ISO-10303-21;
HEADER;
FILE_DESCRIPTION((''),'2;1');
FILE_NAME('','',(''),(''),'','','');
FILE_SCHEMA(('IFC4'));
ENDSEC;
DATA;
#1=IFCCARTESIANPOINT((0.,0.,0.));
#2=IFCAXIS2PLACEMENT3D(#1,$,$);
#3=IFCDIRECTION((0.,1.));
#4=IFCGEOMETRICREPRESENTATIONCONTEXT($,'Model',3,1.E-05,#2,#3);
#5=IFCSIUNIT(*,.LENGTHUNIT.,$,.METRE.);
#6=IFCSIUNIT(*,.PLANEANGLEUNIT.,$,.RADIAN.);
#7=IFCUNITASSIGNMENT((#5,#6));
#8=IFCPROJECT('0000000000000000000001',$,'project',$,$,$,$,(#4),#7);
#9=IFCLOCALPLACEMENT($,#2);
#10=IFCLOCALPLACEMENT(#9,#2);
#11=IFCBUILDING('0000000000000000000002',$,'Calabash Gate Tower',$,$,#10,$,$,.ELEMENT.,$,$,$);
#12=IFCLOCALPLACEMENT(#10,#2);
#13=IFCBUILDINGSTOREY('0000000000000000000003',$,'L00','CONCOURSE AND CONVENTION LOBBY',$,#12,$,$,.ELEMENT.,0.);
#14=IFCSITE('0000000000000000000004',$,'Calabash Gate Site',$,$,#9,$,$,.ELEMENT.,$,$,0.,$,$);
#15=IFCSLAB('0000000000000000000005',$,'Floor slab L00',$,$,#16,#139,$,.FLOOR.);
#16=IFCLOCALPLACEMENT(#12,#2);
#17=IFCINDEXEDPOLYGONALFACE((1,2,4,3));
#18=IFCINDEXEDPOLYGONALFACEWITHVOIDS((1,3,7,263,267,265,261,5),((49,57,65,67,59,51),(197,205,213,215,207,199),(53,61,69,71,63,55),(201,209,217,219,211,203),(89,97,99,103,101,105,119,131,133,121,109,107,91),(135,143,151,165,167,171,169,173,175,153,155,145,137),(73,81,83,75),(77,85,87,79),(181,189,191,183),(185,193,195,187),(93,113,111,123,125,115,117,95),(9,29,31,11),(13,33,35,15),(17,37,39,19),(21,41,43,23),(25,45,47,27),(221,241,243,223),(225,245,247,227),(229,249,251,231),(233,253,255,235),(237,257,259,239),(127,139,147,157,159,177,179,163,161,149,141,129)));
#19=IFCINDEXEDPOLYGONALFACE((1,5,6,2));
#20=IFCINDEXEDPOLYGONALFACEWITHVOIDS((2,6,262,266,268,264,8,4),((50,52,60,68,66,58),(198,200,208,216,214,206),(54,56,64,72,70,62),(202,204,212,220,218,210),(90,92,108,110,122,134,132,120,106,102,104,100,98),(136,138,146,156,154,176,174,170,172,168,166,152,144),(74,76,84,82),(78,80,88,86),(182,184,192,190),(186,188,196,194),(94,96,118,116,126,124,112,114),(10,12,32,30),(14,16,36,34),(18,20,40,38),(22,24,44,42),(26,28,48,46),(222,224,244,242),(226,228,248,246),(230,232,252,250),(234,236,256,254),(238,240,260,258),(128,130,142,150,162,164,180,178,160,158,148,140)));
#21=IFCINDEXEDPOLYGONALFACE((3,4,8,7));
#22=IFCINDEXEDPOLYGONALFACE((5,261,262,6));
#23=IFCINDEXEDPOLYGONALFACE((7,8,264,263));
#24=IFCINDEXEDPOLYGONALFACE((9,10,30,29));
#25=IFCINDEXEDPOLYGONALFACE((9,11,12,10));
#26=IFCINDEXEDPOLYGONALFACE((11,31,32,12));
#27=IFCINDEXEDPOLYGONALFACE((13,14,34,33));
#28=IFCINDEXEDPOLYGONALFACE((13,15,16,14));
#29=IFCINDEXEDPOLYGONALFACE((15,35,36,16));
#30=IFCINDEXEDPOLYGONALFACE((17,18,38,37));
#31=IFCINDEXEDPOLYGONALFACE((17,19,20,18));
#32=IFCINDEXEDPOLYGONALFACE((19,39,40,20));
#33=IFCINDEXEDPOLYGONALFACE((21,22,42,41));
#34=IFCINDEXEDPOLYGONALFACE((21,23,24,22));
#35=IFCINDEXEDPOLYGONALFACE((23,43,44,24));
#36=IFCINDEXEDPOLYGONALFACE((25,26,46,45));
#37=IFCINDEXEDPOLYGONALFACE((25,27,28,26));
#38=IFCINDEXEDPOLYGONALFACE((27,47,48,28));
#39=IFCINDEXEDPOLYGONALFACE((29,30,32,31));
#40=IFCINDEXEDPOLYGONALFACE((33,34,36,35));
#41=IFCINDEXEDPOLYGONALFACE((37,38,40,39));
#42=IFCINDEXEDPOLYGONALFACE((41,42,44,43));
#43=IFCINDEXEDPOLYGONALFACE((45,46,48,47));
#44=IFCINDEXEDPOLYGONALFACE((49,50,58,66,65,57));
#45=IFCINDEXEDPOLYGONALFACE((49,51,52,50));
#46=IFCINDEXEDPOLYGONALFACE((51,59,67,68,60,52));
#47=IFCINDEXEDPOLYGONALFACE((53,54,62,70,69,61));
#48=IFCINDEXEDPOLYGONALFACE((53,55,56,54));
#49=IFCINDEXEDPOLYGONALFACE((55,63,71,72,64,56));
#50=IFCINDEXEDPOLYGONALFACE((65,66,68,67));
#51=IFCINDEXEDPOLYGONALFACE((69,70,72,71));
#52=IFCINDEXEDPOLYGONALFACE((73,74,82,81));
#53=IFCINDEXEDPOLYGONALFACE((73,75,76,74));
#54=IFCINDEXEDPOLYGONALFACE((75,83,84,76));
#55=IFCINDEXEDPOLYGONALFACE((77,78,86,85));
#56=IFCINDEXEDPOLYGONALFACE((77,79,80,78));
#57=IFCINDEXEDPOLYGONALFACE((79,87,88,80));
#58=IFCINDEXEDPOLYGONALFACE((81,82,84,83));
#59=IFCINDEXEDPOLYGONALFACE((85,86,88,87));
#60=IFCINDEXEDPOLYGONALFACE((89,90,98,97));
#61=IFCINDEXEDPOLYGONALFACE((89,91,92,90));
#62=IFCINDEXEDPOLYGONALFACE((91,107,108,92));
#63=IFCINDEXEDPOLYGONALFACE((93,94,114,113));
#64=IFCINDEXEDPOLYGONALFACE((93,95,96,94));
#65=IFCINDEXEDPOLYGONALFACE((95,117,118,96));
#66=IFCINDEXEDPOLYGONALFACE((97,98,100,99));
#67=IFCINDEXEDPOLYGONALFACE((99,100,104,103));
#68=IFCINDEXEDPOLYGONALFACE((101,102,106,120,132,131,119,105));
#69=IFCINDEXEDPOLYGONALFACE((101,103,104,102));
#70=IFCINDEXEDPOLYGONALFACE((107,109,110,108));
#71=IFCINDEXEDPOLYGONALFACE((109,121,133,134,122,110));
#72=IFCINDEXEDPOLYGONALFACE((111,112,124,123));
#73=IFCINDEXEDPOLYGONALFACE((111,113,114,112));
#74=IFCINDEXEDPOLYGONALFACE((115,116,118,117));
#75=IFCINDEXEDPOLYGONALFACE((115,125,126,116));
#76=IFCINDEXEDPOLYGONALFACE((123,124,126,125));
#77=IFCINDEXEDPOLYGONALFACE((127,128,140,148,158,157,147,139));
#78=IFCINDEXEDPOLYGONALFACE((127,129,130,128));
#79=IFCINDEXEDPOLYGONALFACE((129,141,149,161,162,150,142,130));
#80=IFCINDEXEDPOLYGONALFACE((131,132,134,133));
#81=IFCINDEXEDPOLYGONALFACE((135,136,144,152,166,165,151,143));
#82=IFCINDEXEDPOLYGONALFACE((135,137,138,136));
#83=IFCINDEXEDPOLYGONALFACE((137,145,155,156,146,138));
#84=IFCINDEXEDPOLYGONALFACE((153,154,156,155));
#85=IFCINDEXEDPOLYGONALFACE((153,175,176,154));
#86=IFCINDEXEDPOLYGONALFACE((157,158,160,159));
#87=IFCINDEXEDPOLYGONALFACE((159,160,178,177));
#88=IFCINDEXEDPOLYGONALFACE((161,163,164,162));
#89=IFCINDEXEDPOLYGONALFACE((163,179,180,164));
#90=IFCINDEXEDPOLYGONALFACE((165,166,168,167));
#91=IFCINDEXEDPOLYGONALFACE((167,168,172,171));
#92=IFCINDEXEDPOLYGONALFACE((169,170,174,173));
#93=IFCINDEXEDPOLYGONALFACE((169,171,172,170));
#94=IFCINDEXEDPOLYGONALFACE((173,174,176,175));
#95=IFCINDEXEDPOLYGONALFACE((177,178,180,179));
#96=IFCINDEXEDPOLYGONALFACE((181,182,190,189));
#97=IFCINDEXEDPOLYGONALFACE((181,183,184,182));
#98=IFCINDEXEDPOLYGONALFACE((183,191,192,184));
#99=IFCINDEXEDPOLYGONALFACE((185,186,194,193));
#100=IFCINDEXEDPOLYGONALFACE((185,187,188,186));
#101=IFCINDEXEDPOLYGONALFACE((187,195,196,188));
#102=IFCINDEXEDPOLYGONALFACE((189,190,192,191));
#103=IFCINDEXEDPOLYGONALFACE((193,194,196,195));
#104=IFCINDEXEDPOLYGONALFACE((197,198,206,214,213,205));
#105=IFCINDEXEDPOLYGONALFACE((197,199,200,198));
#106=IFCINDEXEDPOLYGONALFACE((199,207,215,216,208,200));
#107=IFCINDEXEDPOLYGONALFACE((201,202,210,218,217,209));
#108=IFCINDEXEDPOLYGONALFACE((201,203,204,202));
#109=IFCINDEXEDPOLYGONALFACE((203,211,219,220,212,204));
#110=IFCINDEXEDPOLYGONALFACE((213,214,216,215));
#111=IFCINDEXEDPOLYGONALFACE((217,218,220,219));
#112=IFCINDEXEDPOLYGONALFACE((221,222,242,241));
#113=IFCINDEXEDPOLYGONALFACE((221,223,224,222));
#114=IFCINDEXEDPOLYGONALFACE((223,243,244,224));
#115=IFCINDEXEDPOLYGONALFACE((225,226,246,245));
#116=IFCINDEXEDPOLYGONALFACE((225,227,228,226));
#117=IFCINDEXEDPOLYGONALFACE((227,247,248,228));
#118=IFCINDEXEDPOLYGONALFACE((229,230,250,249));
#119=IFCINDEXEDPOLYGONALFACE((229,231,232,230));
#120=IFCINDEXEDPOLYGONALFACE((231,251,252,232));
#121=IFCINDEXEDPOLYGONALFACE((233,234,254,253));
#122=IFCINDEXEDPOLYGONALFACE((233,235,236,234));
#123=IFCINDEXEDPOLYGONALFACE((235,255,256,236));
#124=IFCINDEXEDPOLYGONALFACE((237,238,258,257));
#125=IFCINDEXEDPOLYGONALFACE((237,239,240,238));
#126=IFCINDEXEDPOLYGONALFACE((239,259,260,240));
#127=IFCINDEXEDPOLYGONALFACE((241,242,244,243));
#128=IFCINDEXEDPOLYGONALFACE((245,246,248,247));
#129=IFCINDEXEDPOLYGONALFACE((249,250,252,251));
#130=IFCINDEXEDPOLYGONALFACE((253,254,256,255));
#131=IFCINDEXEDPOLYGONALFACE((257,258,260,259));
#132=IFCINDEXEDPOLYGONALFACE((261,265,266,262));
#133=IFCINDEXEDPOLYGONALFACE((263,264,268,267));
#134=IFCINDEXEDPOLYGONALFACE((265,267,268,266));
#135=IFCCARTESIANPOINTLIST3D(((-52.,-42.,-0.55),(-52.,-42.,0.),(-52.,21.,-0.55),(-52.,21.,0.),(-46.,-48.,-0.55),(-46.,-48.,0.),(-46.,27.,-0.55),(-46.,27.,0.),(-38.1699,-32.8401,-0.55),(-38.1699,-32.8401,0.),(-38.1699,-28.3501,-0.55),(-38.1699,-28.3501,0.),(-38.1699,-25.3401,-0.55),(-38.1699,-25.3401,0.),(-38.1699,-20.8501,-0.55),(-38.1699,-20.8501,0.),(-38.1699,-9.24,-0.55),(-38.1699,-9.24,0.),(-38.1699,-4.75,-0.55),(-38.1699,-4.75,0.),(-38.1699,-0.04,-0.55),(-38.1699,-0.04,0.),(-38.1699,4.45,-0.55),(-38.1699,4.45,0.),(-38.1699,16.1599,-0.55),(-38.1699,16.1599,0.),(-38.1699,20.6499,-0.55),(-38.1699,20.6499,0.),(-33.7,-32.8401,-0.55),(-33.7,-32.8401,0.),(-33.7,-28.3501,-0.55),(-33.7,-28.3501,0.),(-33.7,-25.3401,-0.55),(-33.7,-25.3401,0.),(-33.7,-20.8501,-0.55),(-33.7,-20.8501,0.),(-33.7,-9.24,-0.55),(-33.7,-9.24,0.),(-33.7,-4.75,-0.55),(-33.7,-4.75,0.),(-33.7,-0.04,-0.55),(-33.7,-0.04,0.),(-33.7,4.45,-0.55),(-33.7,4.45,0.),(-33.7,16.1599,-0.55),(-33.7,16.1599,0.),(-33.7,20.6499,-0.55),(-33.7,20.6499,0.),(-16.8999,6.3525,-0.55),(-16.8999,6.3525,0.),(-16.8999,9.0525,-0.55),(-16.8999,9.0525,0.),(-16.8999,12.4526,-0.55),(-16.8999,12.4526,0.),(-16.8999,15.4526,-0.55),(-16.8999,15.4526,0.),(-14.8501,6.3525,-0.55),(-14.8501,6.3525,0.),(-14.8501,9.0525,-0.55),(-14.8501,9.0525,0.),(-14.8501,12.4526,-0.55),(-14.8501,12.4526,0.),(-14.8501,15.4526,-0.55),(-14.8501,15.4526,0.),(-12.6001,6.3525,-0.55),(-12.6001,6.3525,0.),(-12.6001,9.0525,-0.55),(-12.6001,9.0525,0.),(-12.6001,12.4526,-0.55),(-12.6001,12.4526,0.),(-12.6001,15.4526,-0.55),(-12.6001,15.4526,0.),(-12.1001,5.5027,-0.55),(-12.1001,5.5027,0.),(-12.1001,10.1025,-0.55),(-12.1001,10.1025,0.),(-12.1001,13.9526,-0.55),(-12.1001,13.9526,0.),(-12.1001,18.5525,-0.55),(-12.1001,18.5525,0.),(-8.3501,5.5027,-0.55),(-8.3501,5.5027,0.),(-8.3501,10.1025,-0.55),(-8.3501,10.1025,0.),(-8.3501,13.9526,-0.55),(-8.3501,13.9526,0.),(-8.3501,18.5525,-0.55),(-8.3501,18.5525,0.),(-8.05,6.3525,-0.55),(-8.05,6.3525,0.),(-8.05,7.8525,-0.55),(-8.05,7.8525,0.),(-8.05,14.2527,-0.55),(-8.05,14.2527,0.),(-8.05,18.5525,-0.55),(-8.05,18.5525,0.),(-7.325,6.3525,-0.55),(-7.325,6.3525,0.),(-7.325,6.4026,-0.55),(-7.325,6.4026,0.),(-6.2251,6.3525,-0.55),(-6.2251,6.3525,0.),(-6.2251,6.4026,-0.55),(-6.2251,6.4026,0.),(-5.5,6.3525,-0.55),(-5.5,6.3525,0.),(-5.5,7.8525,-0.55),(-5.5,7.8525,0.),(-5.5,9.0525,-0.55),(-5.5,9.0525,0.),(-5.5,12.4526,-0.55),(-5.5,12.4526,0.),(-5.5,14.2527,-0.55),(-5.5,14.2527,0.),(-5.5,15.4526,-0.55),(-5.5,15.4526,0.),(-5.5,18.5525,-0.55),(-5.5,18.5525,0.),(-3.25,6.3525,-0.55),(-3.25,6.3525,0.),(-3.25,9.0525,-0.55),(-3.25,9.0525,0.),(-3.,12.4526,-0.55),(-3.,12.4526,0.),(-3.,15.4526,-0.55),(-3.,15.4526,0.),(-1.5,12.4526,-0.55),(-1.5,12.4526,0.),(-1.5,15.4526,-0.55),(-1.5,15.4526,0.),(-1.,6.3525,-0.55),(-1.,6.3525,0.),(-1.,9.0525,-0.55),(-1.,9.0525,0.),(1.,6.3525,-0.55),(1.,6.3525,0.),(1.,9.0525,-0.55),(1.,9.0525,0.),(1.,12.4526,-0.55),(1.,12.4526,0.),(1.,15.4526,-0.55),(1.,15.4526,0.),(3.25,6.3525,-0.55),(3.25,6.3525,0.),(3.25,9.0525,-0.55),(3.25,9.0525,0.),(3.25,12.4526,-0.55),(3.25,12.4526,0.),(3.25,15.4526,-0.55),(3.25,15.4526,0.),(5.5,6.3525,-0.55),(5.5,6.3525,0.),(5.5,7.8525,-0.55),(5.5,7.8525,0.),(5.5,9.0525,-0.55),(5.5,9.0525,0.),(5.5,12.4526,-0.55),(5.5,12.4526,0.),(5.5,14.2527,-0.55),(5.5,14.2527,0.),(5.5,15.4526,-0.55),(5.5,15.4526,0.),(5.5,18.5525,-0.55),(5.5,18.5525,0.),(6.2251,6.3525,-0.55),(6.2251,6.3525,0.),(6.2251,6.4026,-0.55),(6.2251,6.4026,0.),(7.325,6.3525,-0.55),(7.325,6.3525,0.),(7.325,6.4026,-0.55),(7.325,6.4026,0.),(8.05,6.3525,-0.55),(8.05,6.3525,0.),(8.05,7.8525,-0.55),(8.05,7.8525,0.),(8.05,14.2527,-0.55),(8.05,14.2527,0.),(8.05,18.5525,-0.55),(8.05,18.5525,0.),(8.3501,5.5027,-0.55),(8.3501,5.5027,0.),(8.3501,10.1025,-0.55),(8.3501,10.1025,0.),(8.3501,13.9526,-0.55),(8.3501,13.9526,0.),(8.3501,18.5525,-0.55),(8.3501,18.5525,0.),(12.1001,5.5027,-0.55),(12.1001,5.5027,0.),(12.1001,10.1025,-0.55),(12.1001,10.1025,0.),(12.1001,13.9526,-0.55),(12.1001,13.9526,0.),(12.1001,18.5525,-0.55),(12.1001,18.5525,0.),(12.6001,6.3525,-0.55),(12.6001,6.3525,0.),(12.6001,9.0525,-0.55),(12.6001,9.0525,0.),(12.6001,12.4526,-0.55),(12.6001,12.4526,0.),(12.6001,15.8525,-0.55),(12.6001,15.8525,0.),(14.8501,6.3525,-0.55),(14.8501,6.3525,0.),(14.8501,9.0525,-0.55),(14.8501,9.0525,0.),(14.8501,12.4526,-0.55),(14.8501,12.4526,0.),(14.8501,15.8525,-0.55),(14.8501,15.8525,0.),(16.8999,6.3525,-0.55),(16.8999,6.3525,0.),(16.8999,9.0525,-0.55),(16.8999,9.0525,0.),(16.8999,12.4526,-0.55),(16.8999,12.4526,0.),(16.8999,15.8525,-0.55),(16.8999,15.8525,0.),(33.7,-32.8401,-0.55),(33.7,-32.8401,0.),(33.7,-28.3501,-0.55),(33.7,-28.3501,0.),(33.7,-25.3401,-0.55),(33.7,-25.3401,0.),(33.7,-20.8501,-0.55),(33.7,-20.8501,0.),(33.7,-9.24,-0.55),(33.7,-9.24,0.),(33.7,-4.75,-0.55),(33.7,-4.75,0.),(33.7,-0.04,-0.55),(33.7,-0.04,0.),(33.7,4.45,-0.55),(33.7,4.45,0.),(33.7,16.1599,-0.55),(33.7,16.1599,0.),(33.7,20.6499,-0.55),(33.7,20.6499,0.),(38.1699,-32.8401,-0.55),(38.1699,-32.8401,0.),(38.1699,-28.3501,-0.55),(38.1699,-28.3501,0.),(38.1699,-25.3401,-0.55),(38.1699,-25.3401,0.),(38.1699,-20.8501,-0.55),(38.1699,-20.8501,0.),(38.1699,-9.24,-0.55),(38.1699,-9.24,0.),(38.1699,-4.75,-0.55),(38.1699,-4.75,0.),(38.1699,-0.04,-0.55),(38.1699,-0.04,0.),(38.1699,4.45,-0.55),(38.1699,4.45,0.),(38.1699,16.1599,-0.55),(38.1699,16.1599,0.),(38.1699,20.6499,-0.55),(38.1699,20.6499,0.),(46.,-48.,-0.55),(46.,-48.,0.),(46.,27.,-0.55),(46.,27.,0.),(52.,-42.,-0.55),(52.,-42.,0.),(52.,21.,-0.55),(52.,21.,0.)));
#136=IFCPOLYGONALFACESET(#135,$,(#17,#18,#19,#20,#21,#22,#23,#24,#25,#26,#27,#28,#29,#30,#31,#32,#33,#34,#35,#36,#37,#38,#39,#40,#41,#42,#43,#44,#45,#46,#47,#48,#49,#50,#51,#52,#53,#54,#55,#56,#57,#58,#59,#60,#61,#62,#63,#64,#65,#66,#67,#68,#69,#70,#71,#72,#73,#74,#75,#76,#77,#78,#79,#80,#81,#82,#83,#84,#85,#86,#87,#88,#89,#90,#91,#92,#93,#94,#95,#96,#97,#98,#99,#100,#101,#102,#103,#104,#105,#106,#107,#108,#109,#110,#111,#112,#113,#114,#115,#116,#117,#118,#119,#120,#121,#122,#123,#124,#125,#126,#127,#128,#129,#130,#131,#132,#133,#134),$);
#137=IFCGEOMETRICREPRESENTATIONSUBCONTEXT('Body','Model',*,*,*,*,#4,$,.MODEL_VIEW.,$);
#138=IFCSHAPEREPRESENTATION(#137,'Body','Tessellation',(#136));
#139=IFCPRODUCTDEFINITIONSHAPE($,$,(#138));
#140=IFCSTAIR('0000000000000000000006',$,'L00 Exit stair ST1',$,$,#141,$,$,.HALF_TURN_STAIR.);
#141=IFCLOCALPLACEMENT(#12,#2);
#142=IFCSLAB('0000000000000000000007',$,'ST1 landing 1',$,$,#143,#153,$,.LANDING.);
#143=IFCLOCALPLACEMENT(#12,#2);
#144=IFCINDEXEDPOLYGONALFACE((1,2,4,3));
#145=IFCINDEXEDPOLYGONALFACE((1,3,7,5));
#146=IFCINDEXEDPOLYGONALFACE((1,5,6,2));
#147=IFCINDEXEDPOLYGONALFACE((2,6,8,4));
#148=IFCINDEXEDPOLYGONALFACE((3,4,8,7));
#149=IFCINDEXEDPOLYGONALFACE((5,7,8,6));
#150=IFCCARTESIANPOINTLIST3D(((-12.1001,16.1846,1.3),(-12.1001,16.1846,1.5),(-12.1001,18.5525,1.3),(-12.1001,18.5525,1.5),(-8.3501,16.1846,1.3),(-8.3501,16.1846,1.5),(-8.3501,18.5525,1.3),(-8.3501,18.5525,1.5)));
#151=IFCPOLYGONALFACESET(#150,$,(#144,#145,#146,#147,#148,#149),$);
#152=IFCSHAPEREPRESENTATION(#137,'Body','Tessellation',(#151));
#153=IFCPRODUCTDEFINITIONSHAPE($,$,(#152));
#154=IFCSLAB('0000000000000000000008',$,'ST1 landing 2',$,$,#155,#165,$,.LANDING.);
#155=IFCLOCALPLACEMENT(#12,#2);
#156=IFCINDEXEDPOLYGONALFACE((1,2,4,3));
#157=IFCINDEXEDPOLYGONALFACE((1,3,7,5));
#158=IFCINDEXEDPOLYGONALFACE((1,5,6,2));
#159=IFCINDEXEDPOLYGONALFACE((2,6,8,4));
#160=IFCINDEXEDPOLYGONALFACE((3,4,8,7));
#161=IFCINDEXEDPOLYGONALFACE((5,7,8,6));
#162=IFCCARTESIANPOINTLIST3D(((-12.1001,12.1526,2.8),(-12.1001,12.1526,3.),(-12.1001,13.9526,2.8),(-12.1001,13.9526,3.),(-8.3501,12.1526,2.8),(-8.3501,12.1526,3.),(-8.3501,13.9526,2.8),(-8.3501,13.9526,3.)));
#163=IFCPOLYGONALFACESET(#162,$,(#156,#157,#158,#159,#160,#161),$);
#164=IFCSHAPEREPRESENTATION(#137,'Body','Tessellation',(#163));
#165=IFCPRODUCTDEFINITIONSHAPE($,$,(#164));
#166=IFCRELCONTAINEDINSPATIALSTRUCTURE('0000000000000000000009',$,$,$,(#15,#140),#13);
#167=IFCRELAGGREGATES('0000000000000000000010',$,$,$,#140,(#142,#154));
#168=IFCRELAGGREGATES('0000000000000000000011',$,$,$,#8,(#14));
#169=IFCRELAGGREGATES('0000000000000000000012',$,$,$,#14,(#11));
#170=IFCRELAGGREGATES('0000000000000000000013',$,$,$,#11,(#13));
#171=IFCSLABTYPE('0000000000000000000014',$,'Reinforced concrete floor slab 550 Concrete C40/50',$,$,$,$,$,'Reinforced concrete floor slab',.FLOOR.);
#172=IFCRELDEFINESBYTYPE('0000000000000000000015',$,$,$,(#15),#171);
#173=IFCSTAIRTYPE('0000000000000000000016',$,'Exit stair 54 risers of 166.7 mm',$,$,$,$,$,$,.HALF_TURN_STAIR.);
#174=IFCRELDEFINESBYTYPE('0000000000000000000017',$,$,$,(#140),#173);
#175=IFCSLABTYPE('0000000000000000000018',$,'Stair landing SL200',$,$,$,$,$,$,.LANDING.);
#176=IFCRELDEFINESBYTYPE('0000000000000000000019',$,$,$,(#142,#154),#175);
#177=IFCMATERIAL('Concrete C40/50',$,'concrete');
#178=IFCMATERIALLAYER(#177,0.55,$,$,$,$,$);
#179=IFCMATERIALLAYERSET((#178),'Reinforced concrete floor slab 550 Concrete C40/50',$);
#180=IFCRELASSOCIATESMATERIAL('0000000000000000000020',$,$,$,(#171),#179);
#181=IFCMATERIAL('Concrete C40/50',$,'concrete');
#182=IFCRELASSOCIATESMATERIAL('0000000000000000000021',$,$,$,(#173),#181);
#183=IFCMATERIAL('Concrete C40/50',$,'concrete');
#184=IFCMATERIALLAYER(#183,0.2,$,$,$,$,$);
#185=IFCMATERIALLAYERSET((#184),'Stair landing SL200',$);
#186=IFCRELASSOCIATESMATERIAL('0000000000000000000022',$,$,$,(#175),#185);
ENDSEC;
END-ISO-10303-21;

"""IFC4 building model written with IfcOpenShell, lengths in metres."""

from ifc_helpers import new_model, si_unit, direction, frame, origin, place, context, subcontext, project, spatial, polyline, outline, extrude, material, layer, layer_set, type_object, element, aggregate, save


model = new_model("IFC4")

# Units and contexts
model_context = context("Model", 3, precision=1e-05, world=origin(), true_north=direction((0.0, 1.0)))
body_context = subcontext(model_context, "Body", "Model", "MODEL_VIEW")
ifc_project = project(units=[si_unit("LENGTHUNIT", "METRE"), si_unit("PLANEANGLEUNIT", "RADIAN")], contexts=[model_context])

# Site, building, storey
site_placement = place(None, origin())
site = spatial("IfcSite", under=ifc_project, at=site_placement, Name="Calabash Gate Site", CompositionType="ELEMENT", RefElevation=0.0)
building_placement = place(site_placement, origin())
building = spatial("IfcBuilding", under=site, at=building_placement, Name="Calabash Gate Tower", CompositionType="ELEMENT")
storey_placement = place(building_placement, origin())
storey = spatial("IfcBuildingStorey", under=building, at=storey_placement, Name="L00", Description="CONCOURSE AND CONVENTION LOBBY", CompositionType="ELEMENT", Elevation=0.0)

# Slab
ifc_material_1 = material(Name="Concrete C40/50", Category="concrete")
ifc_layer_1 = layer(ifc_material_1, 0.55)
ifc_layer_set_1 = layer_set([ifc_layer_1], Name="Reinforced concrete floor slab 550 Concrete C40/50")
slab_type_1 = type_object("IfcSlabType", Name="Reinforced concrete floor slab 550 Concrete C40/50", ElementType="Reinforced concrete floor slab", PredefinedType="FLOOR", material=ifc_layer_set_1)
slab_1_placement = place(storey_placement, frame((0.0, 0.0, -0.55)))
element("IfcSlab", 1, at=slab_1_placement, inside=storey, type_object=slab_type_1, Name="Floor slab L00", PredefinedType="FLOOR", context=body_context, shape_type="SweptSolid", body=[
    extrude(outline(polyline([(-46.0, 27.0), (46.0, 27.0), (52.0, 21.0), (52.0, -42.0), (46.0, -48.0), (-46.0, -48.0), (-52.0, -42.0), (-52.0, 21.0), (-46.0, 27.0)]), holes=[polyline([(-1.0, 6.3525), (-1.0, 9.0525), (-3.25, 9.0525), (-5.5, 9.0525), (-5.5, 7.8525), (-8.05, 7.8525), (-8.05, 6.3525), (-7.325, 6.3525), (-7.325, 6.4026), (-6.2251, 6.4026), (-6.2251, 6.3525), (-5.5, 6.3525), (-3.25, 6.3525), (-1.0, 6.3525)]), polyline([(8.05, 6.3525), (8.05, 7.8525), (5.5, 7.8525), (5.5, 9.0525), (3.25, 9.0525), (1.0, 9.0525), (1.0, 6.3525), (3.25, 6.3525), (5.5, 6.3525), (6.2251, 6.3525), (6.2251, 6.4026), (7.325, 6.4026), (7.325, 6.3525), (8.05, 6.3525)]), polyline([(-3.0, 12.4526), (-3.0, 15.4526), (-5.5, 15.4526), (-5.5, 18.5525), (-8.05, 18.5525), (-8.05, 14.2527), (-5.5, 14.2527), (-5.5, 12.4526), (-3.0, 12.4526)]), polyline([(5.5, 14.2527), (8.05, 14.2527), (8.05, 18.5525), (5.5, 18.5525), (5.5, 15.4526), (3.25, 15.4526), (1.0, 15.4526), (-1.5, 15.4526), (-1.5, 12.4526), (1.0, 12.4526), (3.25, 12.4526), (5.5, 12.4526), (5.5, 14.2527)]), polyline([(-16.8999, 6.3525), (-14.8501, 6.3525), (-12.6001, 6.3525), (-12.6001, 9.0525), (-14.8501, 9.0525), (-16.8999, 9.0525), (-16.8999, 6.3525)]), polyline([(-16.8999, 15.4526), (-16.8999, 12.4526), (-14.8501, 12.4526), (-12.6001, 12.4526), (-12.6001, 15.4526), (-14.8501, 15.4526), (-16.8999, 15.4526)]), polyline([(12.6001, 9.0525), (12.6001, 6.3525), (14.8501, 6.3525), (16.8999, 6.3525), (16.8999, 9.0525), (14.8501, 9.0525), (12.6001, 9.0525)]), polyline([(12.6001, 15.8525), (12.6001, 12.4526), (14.8501, 12.4526), (16.8999, 12.4526), (16.8999, 15.8525), (14.8501, 15.8525), (12.6001, 15.8525)]), polyline([(-12.1001, 13.9526), (-8.3501, 13.9526), (-8.3501, 18.5525), (-12.1001, 18.5525), (-12.1001, 13.9526)]), polyline([(-8.3501, 5.5027), (-8.3501, 10.1025), (-12.1001, 10.1025), (-12.1001, 5.5027), (-8.3501, 5.5027)]), polyline([(12.1001, 18.5525), (8.3501, 18.5525), (8.3501, 13.9526), (12.1001, 13.9526), (12.1001, 18.5525)]), polyline([(8.3501, 10.1025), (8.3501, 5.5027), (12.1001, 5.5027), (12.1001, 10.1025), (8.3501, 10.1025)]), polyline([(-33.7, -28.3501), (-38.1699, -28.3501), (-38.1699, -32.8401), (-33.7, -32.8401), (-33.7, -28.3501)]), polyline([(-33.7, -25.3401), (-33.7, -20.8501), (-38.1699, -20.8501), (-38.1699, -25.3401), (-33.7, -25.3401)]), polyline([(-38.1699, -9.24), (-33.7, -9.24), (-33.7, -4.75), (-38.1699, -4.75), (-38.1699, -9.24)]), polyline([(-38.1699, 4.45), (-38.1699, -0.04), (-33.7, -0.04), (-33.7, 4.45), (-38.1699, 4.45)]), polyline([(-33.7, 20.6499), (-38.1699, 20.6499), (-38.1699, 16.1599), (-33.7, 16.1599), (-33.7, 20.6499)]), polyline([(38.1699, -32.8401), (38.1699, -28.3501), (33.7, -28.3501), (33.7, -32.8401), (38.1699, -32.8401)]), polyline([(33.7, -25.3401), (38.1699, -25.3401), (38.1699, -20.8501), (33.7, -20.8501), (33.7, -25.3401)]), polyline([(33.7, -4.75), (33.7, -9.24), (38.1699, -9.24), (38.1699, -4.75), (33.7, -4.75)]), polyline([(38.1699, 4.45), (33.7, 4.45), (33.7, -0.04), (38.1699, -0.04), (38.1699, 4.45)]), polyline([(38.1699, 16.1599), (38.1699, 20.6499), (33.7, 20.6499), (33.7, 16.1599), (38.1699, 16.1599)])]), origin(), (0.0, 0.0, 1.0), 0.55),
])

# Stair, slabs
ifc_material_2 = material(Name="Concrete C40/50", Category="concrete")
stair_type = type_object("IfcStairType", Name="Exit stair 54 risers of 166.7 mm", PredefinedType="HALF_TURN_STAIR", material=ifc_material_2)
stair_1_placement = place(storey_placement, origin())
stair_1 = element("IfcStair", 2, at=stair_1_placement, inside=storey, type_object=stair_type, Name="L00 Exit stair ST1", PredefinedType="HALF_TURN_STAIR")
ifc_material_3 = material(Name="Concrete C40/50", Category="concrete")
ifc_layer_2 = layer(ifc_material_3, 0.2)
ifc_layer_set_2 = layer_set([ifc_layer_2], Name="Stair landing SL200")
slab_type_2 = type_object("IfcSlabType", Name="Stair landing SL200", PredefinedType="LANDING", material=ifc_layer_set_2)
slab_2_placement = place(storey_placement, frame((0.0, 0.0, 1.3)))
slab_2 = element("IfcSlab", 3, at=slab_2_placement, type_object=slab_type_2, Name="ST1 landing 1", PredefinedType="LANDING", context=body_context, shape_type="SweptSolid", body=[
    extrude(outline(polyline([(-8.3501, 16.1846), (-8.3501, 18.5525), (-12.1001, 18.5525), (-12.1001, 16.1846), (-8.3501, 16.1846)])), origin(), (0.0, 0.0, 1.0), 0.2),
])
slab_3_placement = place(storey_placement, frame((0.0, 0.0, 2.8)))
slab_3 = element("IfcSlab", 4, at=slab_3_placement, type_object=slab_type_2, Name="ST1 landing 2", PredefinedType="LANDING", context=body_context, shape_type="SweptSolid", body=[
    extrude(outline(polyline([(-8.3501, 12.1526), (-8.3501, 13.9526), (-12.1001, 13.9526), (-12.1001, 12.1526), (-8.3501, 12.1526)])), origin(), (0.0, 0.0, 1.0), 0.2),
])
aggregate(stair_1, [slab_2, slab_3])

save(model, "model.ifc")
